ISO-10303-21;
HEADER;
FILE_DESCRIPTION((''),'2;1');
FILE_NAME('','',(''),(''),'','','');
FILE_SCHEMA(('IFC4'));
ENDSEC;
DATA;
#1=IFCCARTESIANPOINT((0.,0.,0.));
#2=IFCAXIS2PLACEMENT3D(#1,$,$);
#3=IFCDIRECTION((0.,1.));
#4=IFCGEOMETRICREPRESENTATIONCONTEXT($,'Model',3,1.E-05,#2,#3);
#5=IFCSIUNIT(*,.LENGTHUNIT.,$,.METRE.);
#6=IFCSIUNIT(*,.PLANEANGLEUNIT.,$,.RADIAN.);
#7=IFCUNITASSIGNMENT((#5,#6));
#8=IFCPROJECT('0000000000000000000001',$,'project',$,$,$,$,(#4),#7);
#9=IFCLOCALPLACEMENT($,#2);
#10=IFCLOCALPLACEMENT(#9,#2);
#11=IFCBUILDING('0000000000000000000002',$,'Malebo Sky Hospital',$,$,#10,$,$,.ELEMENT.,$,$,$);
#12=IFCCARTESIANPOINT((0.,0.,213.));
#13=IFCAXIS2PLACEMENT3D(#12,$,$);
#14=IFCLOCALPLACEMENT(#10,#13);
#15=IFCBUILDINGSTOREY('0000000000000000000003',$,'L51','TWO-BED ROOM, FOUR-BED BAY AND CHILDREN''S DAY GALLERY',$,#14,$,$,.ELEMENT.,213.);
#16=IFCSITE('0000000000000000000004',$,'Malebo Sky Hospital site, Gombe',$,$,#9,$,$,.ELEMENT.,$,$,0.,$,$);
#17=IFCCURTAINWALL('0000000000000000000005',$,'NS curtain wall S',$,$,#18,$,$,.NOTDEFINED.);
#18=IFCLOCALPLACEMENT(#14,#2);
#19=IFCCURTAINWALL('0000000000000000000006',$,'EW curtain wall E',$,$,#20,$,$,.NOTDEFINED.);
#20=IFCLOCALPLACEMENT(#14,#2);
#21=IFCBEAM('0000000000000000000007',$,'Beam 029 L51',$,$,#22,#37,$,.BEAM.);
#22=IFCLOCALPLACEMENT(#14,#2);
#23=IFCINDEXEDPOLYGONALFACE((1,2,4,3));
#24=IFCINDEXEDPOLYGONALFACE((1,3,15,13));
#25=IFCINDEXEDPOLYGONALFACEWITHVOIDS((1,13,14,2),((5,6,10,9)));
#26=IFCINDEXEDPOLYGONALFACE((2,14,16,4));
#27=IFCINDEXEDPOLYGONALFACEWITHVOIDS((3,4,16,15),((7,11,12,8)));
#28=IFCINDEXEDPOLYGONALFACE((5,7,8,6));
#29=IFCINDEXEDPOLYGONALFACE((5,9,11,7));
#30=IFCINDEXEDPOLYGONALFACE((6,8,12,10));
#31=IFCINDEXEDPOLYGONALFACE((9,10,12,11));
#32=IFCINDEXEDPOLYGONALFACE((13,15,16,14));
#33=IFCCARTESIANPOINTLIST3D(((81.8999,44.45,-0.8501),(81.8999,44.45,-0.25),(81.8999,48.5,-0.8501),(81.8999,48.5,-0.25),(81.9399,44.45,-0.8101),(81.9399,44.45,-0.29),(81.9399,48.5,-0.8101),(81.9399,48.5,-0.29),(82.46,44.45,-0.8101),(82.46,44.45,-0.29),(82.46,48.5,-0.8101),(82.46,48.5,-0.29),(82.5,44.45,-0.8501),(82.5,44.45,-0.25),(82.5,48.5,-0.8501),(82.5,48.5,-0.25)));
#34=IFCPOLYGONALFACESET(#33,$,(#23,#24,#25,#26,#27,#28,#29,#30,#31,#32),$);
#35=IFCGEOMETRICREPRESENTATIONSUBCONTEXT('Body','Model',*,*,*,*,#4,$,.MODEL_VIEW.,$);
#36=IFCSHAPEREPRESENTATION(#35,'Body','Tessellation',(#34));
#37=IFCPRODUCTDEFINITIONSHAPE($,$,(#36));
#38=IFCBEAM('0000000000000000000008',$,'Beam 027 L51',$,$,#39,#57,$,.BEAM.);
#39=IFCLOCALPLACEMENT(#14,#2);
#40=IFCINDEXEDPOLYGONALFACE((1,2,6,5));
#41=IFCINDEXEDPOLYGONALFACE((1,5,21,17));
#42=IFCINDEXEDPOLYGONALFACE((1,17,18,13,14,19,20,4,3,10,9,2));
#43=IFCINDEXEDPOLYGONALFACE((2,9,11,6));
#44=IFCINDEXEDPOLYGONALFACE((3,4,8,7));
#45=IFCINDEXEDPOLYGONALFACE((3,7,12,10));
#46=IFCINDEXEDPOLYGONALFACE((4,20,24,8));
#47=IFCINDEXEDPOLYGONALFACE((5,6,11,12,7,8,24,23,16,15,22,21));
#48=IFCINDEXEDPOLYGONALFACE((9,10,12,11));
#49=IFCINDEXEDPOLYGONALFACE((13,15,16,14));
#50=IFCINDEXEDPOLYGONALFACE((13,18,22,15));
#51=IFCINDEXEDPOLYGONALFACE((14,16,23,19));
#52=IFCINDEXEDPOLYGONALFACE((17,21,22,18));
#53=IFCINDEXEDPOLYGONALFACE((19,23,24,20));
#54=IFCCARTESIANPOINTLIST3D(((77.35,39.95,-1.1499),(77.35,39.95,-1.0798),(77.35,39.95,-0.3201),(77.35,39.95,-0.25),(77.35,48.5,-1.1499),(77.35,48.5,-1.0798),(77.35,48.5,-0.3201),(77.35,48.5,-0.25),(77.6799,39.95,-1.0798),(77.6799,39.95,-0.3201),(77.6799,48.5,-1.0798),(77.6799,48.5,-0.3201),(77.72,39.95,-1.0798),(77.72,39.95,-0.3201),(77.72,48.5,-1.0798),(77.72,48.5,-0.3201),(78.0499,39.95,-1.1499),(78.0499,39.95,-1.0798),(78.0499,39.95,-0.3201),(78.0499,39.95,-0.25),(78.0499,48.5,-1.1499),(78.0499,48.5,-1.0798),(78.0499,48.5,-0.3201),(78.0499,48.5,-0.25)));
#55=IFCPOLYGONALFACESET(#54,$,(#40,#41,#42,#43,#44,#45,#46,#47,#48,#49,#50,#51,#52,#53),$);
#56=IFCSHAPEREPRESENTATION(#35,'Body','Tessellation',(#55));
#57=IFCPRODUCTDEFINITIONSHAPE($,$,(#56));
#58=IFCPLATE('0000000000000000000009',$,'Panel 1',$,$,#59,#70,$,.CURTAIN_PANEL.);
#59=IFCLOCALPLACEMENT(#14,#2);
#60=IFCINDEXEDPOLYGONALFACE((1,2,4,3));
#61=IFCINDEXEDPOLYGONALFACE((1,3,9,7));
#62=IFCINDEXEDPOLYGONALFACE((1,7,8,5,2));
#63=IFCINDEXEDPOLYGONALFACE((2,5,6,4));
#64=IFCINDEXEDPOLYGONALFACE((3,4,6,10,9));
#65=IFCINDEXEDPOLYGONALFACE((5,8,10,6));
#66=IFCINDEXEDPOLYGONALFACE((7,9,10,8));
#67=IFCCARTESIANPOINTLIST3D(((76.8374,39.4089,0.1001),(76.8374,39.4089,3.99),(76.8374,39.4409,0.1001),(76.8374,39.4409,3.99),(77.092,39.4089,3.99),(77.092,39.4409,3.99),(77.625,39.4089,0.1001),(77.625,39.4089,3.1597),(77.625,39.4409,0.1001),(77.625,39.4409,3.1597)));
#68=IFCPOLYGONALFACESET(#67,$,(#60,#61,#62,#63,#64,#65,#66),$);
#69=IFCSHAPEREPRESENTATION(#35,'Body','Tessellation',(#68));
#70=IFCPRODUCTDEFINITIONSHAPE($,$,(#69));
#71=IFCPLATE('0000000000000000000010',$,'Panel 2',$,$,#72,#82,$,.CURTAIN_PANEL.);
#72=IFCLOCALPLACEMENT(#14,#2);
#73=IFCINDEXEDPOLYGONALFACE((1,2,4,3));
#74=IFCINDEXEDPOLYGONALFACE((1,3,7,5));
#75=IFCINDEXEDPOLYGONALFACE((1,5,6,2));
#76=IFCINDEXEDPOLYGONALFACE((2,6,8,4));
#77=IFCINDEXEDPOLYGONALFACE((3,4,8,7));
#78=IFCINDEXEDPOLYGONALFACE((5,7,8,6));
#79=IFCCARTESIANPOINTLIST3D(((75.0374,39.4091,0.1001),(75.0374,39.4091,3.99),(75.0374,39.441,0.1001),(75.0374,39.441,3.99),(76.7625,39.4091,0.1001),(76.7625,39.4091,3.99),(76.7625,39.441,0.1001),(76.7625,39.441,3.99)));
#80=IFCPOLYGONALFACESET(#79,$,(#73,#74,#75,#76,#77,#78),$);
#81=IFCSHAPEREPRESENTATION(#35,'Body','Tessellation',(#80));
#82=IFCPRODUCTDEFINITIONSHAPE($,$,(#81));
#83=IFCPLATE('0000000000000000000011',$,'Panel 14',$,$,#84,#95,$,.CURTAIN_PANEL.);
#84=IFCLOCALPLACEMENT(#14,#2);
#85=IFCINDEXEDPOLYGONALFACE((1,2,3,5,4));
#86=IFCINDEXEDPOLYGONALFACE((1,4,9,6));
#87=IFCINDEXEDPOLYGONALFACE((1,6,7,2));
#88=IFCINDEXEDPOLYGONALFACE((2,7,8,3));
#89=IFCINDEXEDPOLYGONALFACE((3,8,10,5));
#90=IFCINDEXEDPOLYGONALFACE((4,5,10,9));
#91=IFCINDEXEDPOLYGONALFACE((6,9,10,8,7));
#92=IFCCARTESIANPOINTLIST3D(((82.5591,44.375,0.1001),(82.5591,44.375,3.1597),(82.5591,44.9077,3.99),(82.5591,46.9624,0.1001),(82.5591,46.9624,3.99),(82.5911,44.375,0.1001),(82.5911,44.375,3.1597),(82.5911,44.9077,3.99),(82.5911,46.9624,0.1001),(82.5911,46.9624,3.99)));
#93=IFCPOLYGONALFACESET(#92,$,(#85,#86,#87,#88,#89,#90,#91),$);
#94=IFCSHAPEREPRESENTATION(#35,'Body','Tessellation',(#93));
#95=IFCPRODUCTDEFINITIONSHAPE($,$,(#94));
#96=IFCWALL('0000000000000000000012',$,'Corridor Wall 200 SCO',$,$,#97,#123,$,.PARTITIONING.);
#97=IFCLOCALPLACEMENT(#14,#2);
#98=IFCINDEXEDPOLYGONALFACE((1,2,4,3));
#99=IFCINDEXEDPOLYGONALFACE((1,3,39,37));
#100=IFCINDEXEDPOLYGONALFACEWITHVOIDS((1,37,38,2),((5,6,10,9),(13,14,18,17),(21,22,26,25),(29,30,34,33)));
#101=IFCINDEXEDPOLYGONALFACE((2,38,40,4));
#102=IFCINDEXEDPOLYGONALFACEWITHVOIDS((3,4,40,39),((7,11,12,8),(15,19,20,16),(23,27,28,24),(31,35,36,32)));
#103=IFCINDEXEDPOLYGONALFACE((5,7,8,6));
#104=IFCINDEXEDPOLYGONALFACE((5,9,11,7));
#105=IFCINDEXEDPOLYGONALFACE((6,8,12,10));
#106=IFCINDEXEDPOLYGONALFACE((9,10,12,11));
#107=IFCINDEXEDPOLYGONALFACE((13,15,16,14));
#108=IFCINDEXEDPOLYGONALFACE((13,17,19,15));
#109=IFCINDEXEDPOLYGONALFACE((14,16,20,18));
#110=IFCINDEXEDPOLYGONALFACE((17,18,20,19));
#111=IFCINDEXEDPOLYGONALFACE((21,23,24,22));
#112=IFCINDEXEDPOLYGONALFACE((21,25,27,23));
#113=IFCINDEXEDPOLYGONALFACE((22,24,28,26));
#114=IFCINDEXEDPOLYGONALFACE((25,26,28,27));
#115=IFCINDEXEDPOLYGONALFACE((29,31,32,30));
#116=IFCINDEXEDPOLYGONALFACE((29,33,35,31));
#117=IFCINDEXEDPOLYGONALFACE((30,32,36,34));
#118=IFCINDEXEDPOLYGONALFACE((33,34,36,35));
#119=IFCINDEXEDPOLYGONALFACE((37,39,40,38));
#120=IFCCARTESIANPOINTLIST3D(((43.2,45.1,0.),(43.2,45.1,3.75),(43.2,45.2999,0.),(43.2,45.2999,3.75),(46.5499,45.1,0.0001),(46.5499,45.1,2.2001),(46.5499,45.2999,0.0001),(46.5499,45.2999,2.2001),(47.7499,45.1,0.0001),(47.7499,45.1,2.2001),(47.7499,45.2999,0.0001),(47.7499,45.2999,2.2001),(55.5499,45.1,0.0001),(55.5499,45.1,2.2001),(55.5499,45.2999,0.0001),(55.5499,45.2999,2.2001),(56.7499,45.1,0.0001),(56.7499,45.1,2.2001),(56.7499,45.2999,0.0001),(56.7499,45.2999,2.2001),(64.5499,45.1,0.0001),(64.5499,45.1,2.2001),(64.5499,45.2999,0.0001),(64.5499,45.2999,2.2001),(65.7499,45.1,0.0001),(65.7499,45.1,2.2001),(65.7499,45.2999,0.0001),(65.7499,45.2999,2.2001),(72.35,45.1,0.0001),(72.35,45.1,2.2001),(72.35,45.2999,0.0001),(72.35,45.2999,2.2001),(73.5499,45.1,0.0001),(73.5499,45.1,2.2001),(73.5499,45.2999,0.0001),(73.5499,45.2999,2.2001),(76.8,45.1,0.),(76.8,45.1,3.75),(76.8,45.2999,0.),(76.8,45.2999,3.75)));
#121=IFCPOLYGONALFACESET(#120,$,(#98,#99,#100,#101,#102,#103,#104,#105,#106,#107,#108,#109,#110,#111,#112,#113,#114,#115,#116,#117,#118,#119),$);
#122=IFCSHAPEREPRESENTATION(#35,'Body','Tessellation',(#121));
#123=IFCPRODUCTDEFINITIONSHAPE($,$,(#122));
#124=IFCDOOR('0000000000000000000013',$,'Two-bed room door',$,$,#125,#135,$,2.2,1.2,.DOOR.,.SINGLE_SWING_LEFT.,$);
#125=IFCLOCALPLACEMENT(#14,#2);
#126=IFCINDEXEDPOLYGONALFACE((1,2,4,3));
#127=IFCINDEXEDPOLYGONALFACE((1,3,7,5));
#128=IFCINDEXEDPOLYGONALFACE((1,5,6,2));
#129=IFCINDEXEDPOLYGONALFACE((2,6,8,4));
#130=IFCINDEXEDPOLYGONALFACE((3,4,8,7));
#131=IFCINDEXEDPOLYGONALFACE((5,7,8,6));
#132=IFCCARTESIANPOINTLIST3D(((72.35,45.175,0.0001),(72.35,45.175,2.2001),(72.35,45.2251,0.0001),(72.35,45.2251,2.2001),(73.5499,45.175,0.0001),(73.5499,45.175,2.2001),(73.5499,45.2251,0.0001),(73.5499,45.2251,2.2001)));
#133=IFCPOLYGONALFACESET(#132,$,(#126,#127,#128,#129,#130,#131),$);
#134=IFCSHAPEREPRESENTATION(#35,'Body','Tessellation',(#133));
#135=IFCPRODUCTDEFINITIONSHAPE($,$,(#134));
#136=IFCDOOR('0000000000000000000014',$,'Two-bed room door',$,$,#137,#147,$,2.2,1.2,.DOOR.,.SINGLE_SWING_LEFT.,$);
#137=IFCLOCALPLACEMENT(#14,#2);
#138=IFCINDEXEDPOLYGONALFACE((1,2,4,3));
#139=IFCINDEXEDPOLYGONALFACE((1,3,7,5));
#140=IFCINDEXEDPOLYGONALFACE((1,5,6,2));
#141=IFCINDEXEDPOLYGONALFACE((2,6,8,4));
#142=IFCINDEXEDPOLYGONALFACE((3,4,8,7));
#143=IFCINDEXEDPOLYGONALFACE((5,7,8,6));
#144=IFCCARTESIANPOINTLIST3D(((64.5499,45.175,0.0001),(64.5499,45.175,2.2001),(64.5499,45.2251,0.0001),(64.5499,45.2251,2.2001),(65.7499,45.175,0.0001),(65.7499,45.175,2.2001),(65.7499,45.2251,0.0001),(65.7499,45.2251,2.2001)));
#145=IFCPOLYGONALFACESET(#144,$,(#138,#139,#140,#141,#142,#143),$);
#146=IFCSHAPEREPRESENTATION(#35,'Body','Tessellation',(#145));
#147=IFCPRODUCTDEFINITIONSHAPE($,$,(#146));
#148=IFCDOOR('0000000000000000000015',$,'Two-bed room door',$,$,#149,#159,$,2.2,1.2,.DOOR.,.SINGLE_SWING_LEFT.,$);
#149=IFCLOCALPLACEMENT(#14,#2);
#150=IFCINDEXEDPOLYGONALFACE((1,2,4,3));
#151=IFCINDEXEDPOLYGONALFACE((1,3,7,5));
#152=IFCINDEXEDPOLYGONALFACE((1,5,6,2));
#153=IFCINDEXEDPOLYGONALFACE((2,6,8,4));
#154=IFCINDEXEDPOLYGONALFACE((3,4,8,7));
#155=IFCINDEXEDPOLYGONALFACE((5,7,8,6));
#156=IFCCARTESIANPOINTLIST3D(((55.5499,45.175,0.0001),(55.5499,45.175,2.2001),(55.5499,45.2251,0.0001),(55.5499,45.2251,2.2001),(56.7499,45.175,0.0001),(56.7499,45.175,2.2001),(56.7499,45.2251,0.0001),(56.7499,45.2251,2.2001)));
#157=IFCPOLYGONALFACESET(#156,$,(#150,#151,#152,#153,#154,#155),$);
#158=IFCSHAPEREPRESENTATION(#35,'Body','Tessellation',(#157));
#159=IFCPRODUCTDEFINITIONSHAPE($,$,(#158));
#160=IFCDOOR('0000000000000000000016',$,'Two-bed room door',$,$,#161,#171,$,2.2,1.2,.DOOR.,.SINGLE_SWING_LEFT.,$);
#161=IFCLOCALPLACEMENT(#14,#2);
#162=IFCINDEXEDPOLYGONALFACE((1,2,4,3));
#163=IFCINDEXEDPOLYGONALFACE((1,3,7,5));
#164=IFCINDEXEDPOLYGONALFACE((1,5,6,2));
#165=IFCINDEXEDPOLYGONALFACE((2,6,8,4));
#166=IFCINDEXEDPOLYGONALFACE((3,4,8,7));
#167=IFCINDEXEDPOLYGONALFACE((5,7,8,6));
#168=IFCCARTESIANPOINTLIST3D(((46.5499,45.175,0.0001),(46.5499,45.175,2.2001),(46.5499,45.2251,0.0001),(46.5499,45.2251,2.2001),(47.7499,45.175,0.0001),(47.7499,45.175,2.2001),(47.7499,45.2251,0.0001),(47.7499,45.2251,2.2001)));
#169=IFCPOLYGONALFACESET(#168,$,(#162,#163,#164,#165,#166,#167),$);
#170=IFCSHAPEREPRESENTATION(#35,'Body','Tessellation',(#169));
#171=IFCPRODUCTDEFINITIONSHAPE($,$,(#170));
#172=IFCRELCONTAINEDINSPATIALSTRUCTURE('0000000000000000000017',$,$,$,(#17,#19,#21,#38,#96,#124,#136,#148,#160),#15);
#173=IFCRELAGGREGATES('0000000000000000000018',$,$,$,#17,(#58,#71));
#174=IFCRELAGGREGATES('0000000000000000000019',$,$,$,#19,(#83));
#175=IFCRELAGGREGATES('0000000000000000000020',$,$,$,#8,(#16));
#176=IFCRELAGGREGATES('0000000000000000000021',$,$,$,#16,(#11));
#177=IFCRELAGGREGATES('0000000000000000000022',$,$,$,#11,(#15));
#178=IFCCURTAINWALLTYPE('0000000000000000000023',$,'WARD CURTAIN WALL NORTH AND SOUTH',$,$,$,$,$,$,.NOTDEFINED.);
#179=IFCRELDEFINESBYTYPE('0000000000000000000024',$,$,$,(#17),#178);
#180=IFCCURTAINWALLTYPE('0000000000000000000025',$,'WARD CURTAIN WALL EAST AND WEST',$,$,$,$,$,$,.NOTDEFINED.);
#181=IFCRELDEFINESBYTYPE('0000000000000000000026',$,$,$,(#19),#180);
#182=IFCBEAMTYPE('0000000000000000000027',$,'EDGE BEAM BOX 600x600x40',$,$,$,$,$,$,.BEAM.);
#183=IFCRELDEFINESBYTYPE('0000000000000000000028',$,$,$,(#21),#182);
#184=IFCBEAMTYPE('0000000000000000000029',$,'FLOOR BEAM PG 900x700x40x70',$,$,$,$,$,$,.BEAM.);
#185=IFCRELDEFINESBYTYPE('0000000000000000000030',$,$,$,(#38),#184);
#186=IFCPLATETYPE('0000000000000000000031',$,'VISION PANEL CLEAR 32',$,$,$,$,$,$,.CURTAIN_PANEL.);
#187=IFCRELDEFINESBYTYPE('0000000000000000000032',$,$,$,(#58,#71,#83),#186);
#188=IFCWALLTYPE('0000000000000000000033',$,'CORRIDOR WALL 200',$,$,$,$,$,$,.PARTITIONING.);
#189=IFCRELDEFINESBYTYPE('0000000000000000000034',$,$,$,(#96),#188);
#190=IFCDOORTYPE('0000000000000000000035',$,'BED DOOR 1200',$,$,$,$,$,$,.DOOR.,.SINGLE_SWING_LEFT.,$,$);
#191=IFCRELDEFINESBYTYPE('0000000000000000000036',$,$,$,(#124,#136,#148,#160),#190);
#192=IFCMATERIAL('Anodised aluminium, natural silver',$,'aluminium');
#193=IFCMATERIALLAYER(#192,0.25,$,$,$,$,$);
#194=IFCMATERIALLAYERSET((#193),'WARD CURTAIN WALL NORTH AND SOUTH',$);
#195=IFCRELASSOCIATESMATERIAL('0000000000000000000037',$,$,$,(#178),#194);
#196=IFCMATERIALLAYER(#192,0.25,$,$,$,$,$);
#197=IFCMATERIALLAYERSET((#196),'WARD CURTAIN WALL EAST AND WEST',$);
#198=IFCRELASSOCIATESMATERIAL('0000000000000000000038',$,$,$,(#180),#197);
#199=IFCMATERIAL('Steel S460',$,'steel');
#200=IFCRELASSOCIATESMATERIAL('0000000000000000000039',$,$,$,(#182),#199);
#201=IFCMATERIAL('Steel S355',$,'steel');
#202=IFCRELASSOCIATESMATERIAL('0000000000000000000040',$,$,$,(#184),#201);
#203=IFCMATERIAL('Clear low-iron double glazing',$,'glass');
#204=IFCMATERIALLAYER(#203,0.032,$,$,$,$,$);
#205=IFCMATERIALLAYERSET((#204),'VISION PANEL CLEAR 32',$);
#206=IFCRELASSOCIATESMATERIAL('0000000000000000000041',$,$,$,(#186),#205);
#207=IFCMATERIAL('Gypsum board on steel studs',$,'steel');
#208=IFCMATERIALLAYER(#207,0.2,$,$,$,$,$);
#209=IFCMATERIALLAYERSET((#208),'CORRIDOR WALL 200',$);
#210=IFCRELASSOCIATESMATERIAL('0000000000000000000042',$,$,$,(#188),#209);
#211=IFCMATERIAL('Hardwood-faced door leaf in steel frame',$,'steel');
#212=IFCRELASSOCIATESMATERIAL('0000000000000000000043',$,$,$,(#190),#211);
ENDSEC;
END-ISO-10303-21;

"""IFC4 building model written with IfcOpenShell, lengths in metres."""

from ifc_helpers import new_model, si_unit, direction, frame, frame_2d, origin, origin_2d, place, context, subcontext, project, spatial, polyline, rectangle, hollow_rectangle, i_section, outline, extrude, material, layer, layer_set, material_profile, profile_set, type_object, element, fill, aggregate, save


model = new_model("IFC4")

# Units and contexts
model_context = context("Model", 3, precision=1e-05, world=origin(), true_north=direction((0.0, 1.0)))
body_context = subcontext(model_context, "Body", "Model", "MODEL_VIEW")
ifc_project = project(units=[si_unit("LENGTHUNIT", "METRE"), si_unit("PLANEANGLEUNIT", "RADIAN")], contexts=[model_context])

# Site, building, storey
site_placement = place(None, origin())
site = spatial("IfcSite", under=ifc_project, at=site_placement, Name="Malebo Sky Hospital site, Gombe", CompositionType="ELEMENT", RefElevation=0.0)
building_placement = place(site_placement, origin())
building = spatial("IfcBuilding", under=site, at=building_placement, Name="Malebo Sky Hospital", CompositionType="ELEMENT")
storey_placement = place(building_placement, frame((0.0, 0.0, 213.0)))
storey = spatial("IfcBuildingStorey", under=building, at=storey_placement, Name="L51", Description="TWO-BED ROOM, FOUR-BED BAY AND CHILDREN'S DAY GALLERY", CompositionType="ELEMENT", Elevation=213.0)

# Shared definitions
ifc_material_1 = material(Name="Steel S460", Category="steel")

# Curtain wall
ifc_material_2 = material(Name="Anodised aluminium, natural silver", Category="aluminium")
ifc_layer_1 = layer(ifc_material_2, 0.25)
ifc_layer_set_1 = layer_set([ifc_layer_1], Name="WARD CURTAIN WALL NORTH AND SOUTH")
curtain_wall_type_1 = type_object("IfcCurtainWallType", Name="WARD CURTAIN WALL NORTH AND SOUTH", PredefinedType="NOTDEFINED", material=ifc_layer_set_1)
curtain_wall_1_placement = place(storey_placement, origin())
curtain_wall_1 = element("IfcCurtainWall", 1, at=curtain_wall_1_placement, inside=storey, type_object=curtain_wall_type_1, Name="NS curtain wall S", PredefinedType="NOTDEFINED")

# Curtain wall
ifc_layer_2 = layer(ifc_material_2, 0.25)
ifc_layer_set_2 = layer_set([ifc_layer_2], Name="WARD CURTAIN WALL EAST AND WEST")
curtain_wall_type_2 = type_object("IfcCurtainWallType", Name="WARD CURTAIN WALL EAST AND WEST", PredefinedType="NOTDEFINED", material=ifc_layer_set_2)
curtain_wall_2_placement = place(storey_placement, origin())
curtain_wall_2 = element("IfcCurtainWall", 2, at=curtain_wall_2_placement, inside=storey, type_object=curtain_wall_type_2, Name="EW curtain wall E", PredefinedType="NOTDEFINED")

# Beams
ifc_material_profile_1 = material_profile(ifc_material_1, hollow_rectangle(XDim=0.6001, YDim=0.6001, WallThickness=0.04, at=origin_2d()), Name="BOX 600x600x40")
ifc_profile_set_1 = profile_set([ifc_material_profile_1], Name="Steel S460")
beam_type_1 = type_object("IfcBeamType", Name="EDGE BEAM BOX 600x600x40", PredefinedType="BEAM", material=ifc_profile_set_1)
beam_1_placement = place(storey_placement, frame((82.2, 44.45, -0.55), z_axis=(0.0, 1.0, 0.0), x_axis=(-1.0, 0.0, 0.0)))
element("IfcBeam", 3, at=beam_1_placement, inside=storey, type_object=beam_type_1, Name="Beam 029 L51", PredefinedType="BEAM", context=body_context, shape_type="SweptSolid", body=[
    extrude(hollow_rectangle(XDim=0.6001, YDim=0.6001, WallThickness=0.04, at=origin_2d()), origin(), (0.0, 0.0, 1.0), 4.05),
])
ifc_material_3 = material(Name="Steel S355", Category="steel")
ifc_material_profile_2 = material_profile(ifc_material_3, i_section(OverallWidth=0.7, OverallDepth=0.8999, WebThickness=0.04, FlangeThickness=0.0701, at=origin_2d()), Name="PG 900x700x40x70")
ifc_profile_set_2 = profile_set([ifc_material_profile_2], Name="Steel S355")
beam_type_2 = type_object("IfcBeamType", Name="FLOOR BEAM PG 900x700x40x70", PredefinedType="BEAM", material=ifc_profile_set_2)
beam_2_placement = place(storey_placement, frame((77.7, 39.95, -0.7), z_axis=(0.0, 1.0, 0.0), x_axis=(-1.0, 0.0, 0.0)))
element("IfcBeam", 4, at=beam_2_placement, inside=storey, type_object=beam_type_2, Name="Beam 027 L51", PredefinedType="BEAM", context=body_context, shape_type="SweptSolid", body=[
    extrude(i_section(OverallWidth=0.7, OverallDepth=0.8999, WebThickness=0.04, FlangeThickness=0.0701, at=origin_2d()), origin(), (0.0, 0.0, 1.0), 8.55),
])

# Plates
ifc_material_4 = material(Name="Clear low-iron double glazing", Category="glass")
ifc_layer_3 = layer(ifc_material_4, 0.032)
ifc_layer_set_3 = layer_set([ifc_layer_3], Name="VISION PANEL CLEAR 32")
plate_type = type_object("IfcPlateType", Name="VISION PANEL CLEAR 32", PredefinedType="CURTAIN_PANEL", material=ifc_layer_set_3)
plate_1_placement = place(storey_placement, frame((77.2312, 39.425, 0.1001), z_axis=(0.0, 0.0, 1.0), x_axis=(-1.0, 0.0, 0.0)))
plate_1 = element("IfcPlate", 5, at=plate_1_placement, type_object=plate_type, Name="Panel 1", PredefinedType="CURTAIN_PANEL", context=body_context, shape_type="SweptSolid", body=[
    extrude(outline(polyline([(-0.3938, 0.0), (0.3938, 0.0), (0.3938, 3.8899), (0.1392, 3.8899), (-0.3938, 3.0596), (-0.3938, 0.0)])), frame((0.0, 0.0161, 0.0), z_axis=(0.0, -1.0, 0.0), x_axis=(1.0, 0.0, 0.0)), (0.0, 0.0, 1.0), 0.032),
])
plate_2_placement = place(storey_placement, frame((75.8999, 39.425, 0.1001), z_axis=(0.0, 0.0, 1.0), x_axis=(-1.0, 0.0, 0.0)))
plate_2 = element("IfcPlate", 6, at=plate_2_placement, type_object=plate_type, Name="Panel 2", PredefinedType="CURTAIN_PANEL", context=body_context, shape_type="SweptSolid", body=[
    extrude(rectangle(XDim=1.7251, YDim=0.032, at=origin_2d()), origin(), (0.0, 0.0, 1.0), 3.8899),
])
aggregate(curtain_wall_1, [plate_1, plate_2])
plate_3_placement = place(storey_placement, frame((82.575, 45.6687, 0.1001), z_axis=(0.0, 0.0, 1.0), x_axis=(0.0, -1.0, 0.0)))
plate_3 = element("IfcPlate", 7, at=plate_3_placement, type_object=plate_type, Name="Panel 14", PredefinedType="CURTAIN_PANEL", context=body_context, shape_type="SweptSolid", body=[
    extrude(outline(polyline([(-1.2937, 0.0), (1.2937, 0.0), (1.2937, 3.0596), (0.761, 3.8899), (-1.2937, 3.8899), (-1.2937, 0.0)])), frame((0.0, 0.0161, 0.0), z_axis=(0.0, -1.0, 0.0), x_axis=(1.0, 0.0, 0.0)), (0.0, 0.0, 1.0), 0.032),
])
aggregate(curtain_wall_2, [plate_3])

# Wall, openings, doors
ifc_material_5 = material(Name="Gypsum board on steel studs", Category="steel")
ifc_layer_4 = layer(ifc_material_5, 0.2)
ifc_layer_set_4 = layer_set([ifc_layer_4], Name="CORRIDOR WALL 200")
wall_type_1 = type_object("IfcWallType", Name="CORRIDOR WALL 200", PredefinedType="PARTITIONING", material=ifc_layer_set_4)
wall_1_placement = place(storey_placement, frame((76.8, 45.2, 0.0), z_axis=(0.0, 0.0, 1.0), x_axis=(-1.0, 0.0, 0.0)))
wall_1 = element("IfcWall", 8, at=wall_1_placement, inside=storey, type_object=wall_type_1, Name="Corridor Wall 200 SCO", PredefinedType="PARTITIONING", context=body_context, shape_type="SweptSolid", body=[
    extrude(rectangle(XDim=33.6001, YDim=0.2, at=frame_2d((16.8, 0.0))), origin(), (0.0, 0.0, 1.0), 3.75),
])
opening_1_placement = place(wall_1_placement, frame((3.25, 0.0, 0.0)))
opening_1 = element("IfcOpeningElement", 9, at=opening_1_placement, cuts=wall_1, PredefinedType="OPENING", context=body_context, shape_type="SweptSolid", body=[
    extrude(rectangle(XDim=1.2, YDim=2.2, at=frame_2d((0.6001, 1.1001))), frame((0.0, 0.1099, 0.0), z_axis=(0.0, -1.0, 0.0), x_axis=(1.0, 0.0, 0.0)), (0.0, 0.0, 1.0), 0.22),
])
opening_2_placement = place(wall_1_placement, frame((11.05, 0.0, 0.0)))
opening_2 = element("IfcOpeningElement", 10, at=opening_2_placement, cuts=wall_1, PredefinedType="OPENING", context=body_context, shape_type="SweptSolid", body=[
    extrude(rectangle(XDim=1.2, YDim=2.2, at=frame_2d((0.6001, 1.1001))), frame((0.0, 0.1099, 0.0), z_axis=(0.0, -1.0, 0.0), x_axis=(1.0, 0.0, 0.0)), (0.0, 0.0, 1.0), 0.22),
])
opening_3_placement = place(wall_1_placement, frame((20.05, 0.0, 0.0)))
opening_3 = element("IfcOpeningElement", 11, at=opening_3_placement, cuts=wall_1, PredefinedType="OPENING", context=body_context, shape_type="SweptSolid", body=[
    extrude(rectangle(XDim=1.2, YDim=2.2, at=frame_2d((0.6001, 1.1001))), frame((0.0, 0.1099, 0.0), z_axis=(0.0, -1.0, 0.0), x_axis=(1.0, 0.0, 0.0)), (0.0, 0.0, 1.0), 0.22),
])
opening_4_placement = place(wall_1_placement, frame((29.05, 0.0, 0.0)))
opening_4 = element("IfcOpeningElement", 12, at=opening_4_placement, cuts=wall_1, PredefinedType="OPENING", context=body_context, shape_type="SweptSolid", body=[
    extrude(rectangle(XDim=1.2, YDim=2.2, at=frame_2d((0.6001, 1.1001))), frame((0.0, 0.1099, 0.0), z_axis=(0.0, -1.0, 0.0), x_axis=(1.0, 0.0, 0.0)), (0.0, 0.0, 1.0), 0.22),
])
ifc_material_6 = material(Name="Hardwood-faced door leaf in steel frame", Category="steel")
door_type_1 = type_object("IfcDoorType", Name="BED DOOR 1200", OperationType="SINGLE_SWING_LEFT", PredefinedType="DOOR", material=ifc_material_6)
door_1_placement = place(opening_1_placement, origin())
door_1 = element("IfcDoor", 13, at=door_1_placement, inside=storey, type_object=door_type_1, Name="Two-bed room door", OperationType="SINGLE_SWING_LEFT", OverallHeight=2.2, OverallWidth=1.2, PredefinedType="DOOR", context=body_context, shape_type="SweptSolid", body=[
    extrude(rectangle(XDim=1.2, YDim=2.2, at=frame_2d((0.6001, 1.1001))), frame((0.0, 0.0249, 0.0), z_axis=(0.0, -1.0, 0.0), x_axis=(1.0, 0.0, 0.0)), (0.0, 0.0, 1.0), 0.05),
])
fill(opening_1, door_1)
door_2_placement = place(opening_2_placement, origin())
door_2 = element("IfcDoor", 14, at=door_2_placement, inside=storey, type_object=door_type_1, Name="Two-bed room door", OperationType="SINGLE_SWING_LEFT", OverallHeight=2.2, OverallWidth=1.2, PredefinedType="DOOR", context=body_context, shape_type="SweptSolid", body=[
    extrude(rectangle(XDim=1.2, YDim=2.2, at=frame_2d((0.6001, 1.1001))), frame((0.0, 0.0249, 0.0), z_axis=(0.0, -1.0, 0.0), x_axis=(1.0, 0.0, 0.0)), (0.0, 0.0, 1.0), 0.05),
])
fill(opening_2, door_2)
door_3_placement = place(opening_3_placement, origin())
door_3 = element("IfcDoor", 15, at=door_3_placement, inside=storey, type_object=door_type_1, Name="Two-bed room door", OperationType="SINGLE_SWING_LEFT", OverallHeight=2.2, OverallWidth=1.2, PredefinedType="DOOR", context=body_context, shape_type="SweptSolid", body=[
    extrude(rectangle(XDim=1.2, YDim=2.2, at=frame_2d((0.6001, 1.1001))), frame((0.0, 0.0249, 0.0), z_axis=(0.0, -1.0, 0.0), x_axis=(1.0, 0.0, 0.0)), (0.0, 0.0, 1.0), 0.05),
])
fill(opening_3, door_3)
door_4_placement = place(opening_4_placement, origin())
door_4 = element("IfcDoor", 16, at=door_4_placement, inside=storey, type_object=door_type_1, Name="Two-bed room door", OperationType="SINGLE_SWING_LEFT", OverallHeight=2.2, OverallWidth=1.2, PredefinedType="DOOR", context=body_context, shape_type="SweptSolid", body=[
    extrude(rectangle(XDim=1.2, YDim=2.2, at=frame_2d((0.6001, 1.1001))), frame((0.0, 0.0249, 0.0), z_axis=(0.0, -1.0, 0.0), x_axis=(1.0, 0.0, 0.0)), (0.0, 0.0, 1.0), 0.05),
])
fill(opening_4, door_4)

save(model, "model.ifc")
